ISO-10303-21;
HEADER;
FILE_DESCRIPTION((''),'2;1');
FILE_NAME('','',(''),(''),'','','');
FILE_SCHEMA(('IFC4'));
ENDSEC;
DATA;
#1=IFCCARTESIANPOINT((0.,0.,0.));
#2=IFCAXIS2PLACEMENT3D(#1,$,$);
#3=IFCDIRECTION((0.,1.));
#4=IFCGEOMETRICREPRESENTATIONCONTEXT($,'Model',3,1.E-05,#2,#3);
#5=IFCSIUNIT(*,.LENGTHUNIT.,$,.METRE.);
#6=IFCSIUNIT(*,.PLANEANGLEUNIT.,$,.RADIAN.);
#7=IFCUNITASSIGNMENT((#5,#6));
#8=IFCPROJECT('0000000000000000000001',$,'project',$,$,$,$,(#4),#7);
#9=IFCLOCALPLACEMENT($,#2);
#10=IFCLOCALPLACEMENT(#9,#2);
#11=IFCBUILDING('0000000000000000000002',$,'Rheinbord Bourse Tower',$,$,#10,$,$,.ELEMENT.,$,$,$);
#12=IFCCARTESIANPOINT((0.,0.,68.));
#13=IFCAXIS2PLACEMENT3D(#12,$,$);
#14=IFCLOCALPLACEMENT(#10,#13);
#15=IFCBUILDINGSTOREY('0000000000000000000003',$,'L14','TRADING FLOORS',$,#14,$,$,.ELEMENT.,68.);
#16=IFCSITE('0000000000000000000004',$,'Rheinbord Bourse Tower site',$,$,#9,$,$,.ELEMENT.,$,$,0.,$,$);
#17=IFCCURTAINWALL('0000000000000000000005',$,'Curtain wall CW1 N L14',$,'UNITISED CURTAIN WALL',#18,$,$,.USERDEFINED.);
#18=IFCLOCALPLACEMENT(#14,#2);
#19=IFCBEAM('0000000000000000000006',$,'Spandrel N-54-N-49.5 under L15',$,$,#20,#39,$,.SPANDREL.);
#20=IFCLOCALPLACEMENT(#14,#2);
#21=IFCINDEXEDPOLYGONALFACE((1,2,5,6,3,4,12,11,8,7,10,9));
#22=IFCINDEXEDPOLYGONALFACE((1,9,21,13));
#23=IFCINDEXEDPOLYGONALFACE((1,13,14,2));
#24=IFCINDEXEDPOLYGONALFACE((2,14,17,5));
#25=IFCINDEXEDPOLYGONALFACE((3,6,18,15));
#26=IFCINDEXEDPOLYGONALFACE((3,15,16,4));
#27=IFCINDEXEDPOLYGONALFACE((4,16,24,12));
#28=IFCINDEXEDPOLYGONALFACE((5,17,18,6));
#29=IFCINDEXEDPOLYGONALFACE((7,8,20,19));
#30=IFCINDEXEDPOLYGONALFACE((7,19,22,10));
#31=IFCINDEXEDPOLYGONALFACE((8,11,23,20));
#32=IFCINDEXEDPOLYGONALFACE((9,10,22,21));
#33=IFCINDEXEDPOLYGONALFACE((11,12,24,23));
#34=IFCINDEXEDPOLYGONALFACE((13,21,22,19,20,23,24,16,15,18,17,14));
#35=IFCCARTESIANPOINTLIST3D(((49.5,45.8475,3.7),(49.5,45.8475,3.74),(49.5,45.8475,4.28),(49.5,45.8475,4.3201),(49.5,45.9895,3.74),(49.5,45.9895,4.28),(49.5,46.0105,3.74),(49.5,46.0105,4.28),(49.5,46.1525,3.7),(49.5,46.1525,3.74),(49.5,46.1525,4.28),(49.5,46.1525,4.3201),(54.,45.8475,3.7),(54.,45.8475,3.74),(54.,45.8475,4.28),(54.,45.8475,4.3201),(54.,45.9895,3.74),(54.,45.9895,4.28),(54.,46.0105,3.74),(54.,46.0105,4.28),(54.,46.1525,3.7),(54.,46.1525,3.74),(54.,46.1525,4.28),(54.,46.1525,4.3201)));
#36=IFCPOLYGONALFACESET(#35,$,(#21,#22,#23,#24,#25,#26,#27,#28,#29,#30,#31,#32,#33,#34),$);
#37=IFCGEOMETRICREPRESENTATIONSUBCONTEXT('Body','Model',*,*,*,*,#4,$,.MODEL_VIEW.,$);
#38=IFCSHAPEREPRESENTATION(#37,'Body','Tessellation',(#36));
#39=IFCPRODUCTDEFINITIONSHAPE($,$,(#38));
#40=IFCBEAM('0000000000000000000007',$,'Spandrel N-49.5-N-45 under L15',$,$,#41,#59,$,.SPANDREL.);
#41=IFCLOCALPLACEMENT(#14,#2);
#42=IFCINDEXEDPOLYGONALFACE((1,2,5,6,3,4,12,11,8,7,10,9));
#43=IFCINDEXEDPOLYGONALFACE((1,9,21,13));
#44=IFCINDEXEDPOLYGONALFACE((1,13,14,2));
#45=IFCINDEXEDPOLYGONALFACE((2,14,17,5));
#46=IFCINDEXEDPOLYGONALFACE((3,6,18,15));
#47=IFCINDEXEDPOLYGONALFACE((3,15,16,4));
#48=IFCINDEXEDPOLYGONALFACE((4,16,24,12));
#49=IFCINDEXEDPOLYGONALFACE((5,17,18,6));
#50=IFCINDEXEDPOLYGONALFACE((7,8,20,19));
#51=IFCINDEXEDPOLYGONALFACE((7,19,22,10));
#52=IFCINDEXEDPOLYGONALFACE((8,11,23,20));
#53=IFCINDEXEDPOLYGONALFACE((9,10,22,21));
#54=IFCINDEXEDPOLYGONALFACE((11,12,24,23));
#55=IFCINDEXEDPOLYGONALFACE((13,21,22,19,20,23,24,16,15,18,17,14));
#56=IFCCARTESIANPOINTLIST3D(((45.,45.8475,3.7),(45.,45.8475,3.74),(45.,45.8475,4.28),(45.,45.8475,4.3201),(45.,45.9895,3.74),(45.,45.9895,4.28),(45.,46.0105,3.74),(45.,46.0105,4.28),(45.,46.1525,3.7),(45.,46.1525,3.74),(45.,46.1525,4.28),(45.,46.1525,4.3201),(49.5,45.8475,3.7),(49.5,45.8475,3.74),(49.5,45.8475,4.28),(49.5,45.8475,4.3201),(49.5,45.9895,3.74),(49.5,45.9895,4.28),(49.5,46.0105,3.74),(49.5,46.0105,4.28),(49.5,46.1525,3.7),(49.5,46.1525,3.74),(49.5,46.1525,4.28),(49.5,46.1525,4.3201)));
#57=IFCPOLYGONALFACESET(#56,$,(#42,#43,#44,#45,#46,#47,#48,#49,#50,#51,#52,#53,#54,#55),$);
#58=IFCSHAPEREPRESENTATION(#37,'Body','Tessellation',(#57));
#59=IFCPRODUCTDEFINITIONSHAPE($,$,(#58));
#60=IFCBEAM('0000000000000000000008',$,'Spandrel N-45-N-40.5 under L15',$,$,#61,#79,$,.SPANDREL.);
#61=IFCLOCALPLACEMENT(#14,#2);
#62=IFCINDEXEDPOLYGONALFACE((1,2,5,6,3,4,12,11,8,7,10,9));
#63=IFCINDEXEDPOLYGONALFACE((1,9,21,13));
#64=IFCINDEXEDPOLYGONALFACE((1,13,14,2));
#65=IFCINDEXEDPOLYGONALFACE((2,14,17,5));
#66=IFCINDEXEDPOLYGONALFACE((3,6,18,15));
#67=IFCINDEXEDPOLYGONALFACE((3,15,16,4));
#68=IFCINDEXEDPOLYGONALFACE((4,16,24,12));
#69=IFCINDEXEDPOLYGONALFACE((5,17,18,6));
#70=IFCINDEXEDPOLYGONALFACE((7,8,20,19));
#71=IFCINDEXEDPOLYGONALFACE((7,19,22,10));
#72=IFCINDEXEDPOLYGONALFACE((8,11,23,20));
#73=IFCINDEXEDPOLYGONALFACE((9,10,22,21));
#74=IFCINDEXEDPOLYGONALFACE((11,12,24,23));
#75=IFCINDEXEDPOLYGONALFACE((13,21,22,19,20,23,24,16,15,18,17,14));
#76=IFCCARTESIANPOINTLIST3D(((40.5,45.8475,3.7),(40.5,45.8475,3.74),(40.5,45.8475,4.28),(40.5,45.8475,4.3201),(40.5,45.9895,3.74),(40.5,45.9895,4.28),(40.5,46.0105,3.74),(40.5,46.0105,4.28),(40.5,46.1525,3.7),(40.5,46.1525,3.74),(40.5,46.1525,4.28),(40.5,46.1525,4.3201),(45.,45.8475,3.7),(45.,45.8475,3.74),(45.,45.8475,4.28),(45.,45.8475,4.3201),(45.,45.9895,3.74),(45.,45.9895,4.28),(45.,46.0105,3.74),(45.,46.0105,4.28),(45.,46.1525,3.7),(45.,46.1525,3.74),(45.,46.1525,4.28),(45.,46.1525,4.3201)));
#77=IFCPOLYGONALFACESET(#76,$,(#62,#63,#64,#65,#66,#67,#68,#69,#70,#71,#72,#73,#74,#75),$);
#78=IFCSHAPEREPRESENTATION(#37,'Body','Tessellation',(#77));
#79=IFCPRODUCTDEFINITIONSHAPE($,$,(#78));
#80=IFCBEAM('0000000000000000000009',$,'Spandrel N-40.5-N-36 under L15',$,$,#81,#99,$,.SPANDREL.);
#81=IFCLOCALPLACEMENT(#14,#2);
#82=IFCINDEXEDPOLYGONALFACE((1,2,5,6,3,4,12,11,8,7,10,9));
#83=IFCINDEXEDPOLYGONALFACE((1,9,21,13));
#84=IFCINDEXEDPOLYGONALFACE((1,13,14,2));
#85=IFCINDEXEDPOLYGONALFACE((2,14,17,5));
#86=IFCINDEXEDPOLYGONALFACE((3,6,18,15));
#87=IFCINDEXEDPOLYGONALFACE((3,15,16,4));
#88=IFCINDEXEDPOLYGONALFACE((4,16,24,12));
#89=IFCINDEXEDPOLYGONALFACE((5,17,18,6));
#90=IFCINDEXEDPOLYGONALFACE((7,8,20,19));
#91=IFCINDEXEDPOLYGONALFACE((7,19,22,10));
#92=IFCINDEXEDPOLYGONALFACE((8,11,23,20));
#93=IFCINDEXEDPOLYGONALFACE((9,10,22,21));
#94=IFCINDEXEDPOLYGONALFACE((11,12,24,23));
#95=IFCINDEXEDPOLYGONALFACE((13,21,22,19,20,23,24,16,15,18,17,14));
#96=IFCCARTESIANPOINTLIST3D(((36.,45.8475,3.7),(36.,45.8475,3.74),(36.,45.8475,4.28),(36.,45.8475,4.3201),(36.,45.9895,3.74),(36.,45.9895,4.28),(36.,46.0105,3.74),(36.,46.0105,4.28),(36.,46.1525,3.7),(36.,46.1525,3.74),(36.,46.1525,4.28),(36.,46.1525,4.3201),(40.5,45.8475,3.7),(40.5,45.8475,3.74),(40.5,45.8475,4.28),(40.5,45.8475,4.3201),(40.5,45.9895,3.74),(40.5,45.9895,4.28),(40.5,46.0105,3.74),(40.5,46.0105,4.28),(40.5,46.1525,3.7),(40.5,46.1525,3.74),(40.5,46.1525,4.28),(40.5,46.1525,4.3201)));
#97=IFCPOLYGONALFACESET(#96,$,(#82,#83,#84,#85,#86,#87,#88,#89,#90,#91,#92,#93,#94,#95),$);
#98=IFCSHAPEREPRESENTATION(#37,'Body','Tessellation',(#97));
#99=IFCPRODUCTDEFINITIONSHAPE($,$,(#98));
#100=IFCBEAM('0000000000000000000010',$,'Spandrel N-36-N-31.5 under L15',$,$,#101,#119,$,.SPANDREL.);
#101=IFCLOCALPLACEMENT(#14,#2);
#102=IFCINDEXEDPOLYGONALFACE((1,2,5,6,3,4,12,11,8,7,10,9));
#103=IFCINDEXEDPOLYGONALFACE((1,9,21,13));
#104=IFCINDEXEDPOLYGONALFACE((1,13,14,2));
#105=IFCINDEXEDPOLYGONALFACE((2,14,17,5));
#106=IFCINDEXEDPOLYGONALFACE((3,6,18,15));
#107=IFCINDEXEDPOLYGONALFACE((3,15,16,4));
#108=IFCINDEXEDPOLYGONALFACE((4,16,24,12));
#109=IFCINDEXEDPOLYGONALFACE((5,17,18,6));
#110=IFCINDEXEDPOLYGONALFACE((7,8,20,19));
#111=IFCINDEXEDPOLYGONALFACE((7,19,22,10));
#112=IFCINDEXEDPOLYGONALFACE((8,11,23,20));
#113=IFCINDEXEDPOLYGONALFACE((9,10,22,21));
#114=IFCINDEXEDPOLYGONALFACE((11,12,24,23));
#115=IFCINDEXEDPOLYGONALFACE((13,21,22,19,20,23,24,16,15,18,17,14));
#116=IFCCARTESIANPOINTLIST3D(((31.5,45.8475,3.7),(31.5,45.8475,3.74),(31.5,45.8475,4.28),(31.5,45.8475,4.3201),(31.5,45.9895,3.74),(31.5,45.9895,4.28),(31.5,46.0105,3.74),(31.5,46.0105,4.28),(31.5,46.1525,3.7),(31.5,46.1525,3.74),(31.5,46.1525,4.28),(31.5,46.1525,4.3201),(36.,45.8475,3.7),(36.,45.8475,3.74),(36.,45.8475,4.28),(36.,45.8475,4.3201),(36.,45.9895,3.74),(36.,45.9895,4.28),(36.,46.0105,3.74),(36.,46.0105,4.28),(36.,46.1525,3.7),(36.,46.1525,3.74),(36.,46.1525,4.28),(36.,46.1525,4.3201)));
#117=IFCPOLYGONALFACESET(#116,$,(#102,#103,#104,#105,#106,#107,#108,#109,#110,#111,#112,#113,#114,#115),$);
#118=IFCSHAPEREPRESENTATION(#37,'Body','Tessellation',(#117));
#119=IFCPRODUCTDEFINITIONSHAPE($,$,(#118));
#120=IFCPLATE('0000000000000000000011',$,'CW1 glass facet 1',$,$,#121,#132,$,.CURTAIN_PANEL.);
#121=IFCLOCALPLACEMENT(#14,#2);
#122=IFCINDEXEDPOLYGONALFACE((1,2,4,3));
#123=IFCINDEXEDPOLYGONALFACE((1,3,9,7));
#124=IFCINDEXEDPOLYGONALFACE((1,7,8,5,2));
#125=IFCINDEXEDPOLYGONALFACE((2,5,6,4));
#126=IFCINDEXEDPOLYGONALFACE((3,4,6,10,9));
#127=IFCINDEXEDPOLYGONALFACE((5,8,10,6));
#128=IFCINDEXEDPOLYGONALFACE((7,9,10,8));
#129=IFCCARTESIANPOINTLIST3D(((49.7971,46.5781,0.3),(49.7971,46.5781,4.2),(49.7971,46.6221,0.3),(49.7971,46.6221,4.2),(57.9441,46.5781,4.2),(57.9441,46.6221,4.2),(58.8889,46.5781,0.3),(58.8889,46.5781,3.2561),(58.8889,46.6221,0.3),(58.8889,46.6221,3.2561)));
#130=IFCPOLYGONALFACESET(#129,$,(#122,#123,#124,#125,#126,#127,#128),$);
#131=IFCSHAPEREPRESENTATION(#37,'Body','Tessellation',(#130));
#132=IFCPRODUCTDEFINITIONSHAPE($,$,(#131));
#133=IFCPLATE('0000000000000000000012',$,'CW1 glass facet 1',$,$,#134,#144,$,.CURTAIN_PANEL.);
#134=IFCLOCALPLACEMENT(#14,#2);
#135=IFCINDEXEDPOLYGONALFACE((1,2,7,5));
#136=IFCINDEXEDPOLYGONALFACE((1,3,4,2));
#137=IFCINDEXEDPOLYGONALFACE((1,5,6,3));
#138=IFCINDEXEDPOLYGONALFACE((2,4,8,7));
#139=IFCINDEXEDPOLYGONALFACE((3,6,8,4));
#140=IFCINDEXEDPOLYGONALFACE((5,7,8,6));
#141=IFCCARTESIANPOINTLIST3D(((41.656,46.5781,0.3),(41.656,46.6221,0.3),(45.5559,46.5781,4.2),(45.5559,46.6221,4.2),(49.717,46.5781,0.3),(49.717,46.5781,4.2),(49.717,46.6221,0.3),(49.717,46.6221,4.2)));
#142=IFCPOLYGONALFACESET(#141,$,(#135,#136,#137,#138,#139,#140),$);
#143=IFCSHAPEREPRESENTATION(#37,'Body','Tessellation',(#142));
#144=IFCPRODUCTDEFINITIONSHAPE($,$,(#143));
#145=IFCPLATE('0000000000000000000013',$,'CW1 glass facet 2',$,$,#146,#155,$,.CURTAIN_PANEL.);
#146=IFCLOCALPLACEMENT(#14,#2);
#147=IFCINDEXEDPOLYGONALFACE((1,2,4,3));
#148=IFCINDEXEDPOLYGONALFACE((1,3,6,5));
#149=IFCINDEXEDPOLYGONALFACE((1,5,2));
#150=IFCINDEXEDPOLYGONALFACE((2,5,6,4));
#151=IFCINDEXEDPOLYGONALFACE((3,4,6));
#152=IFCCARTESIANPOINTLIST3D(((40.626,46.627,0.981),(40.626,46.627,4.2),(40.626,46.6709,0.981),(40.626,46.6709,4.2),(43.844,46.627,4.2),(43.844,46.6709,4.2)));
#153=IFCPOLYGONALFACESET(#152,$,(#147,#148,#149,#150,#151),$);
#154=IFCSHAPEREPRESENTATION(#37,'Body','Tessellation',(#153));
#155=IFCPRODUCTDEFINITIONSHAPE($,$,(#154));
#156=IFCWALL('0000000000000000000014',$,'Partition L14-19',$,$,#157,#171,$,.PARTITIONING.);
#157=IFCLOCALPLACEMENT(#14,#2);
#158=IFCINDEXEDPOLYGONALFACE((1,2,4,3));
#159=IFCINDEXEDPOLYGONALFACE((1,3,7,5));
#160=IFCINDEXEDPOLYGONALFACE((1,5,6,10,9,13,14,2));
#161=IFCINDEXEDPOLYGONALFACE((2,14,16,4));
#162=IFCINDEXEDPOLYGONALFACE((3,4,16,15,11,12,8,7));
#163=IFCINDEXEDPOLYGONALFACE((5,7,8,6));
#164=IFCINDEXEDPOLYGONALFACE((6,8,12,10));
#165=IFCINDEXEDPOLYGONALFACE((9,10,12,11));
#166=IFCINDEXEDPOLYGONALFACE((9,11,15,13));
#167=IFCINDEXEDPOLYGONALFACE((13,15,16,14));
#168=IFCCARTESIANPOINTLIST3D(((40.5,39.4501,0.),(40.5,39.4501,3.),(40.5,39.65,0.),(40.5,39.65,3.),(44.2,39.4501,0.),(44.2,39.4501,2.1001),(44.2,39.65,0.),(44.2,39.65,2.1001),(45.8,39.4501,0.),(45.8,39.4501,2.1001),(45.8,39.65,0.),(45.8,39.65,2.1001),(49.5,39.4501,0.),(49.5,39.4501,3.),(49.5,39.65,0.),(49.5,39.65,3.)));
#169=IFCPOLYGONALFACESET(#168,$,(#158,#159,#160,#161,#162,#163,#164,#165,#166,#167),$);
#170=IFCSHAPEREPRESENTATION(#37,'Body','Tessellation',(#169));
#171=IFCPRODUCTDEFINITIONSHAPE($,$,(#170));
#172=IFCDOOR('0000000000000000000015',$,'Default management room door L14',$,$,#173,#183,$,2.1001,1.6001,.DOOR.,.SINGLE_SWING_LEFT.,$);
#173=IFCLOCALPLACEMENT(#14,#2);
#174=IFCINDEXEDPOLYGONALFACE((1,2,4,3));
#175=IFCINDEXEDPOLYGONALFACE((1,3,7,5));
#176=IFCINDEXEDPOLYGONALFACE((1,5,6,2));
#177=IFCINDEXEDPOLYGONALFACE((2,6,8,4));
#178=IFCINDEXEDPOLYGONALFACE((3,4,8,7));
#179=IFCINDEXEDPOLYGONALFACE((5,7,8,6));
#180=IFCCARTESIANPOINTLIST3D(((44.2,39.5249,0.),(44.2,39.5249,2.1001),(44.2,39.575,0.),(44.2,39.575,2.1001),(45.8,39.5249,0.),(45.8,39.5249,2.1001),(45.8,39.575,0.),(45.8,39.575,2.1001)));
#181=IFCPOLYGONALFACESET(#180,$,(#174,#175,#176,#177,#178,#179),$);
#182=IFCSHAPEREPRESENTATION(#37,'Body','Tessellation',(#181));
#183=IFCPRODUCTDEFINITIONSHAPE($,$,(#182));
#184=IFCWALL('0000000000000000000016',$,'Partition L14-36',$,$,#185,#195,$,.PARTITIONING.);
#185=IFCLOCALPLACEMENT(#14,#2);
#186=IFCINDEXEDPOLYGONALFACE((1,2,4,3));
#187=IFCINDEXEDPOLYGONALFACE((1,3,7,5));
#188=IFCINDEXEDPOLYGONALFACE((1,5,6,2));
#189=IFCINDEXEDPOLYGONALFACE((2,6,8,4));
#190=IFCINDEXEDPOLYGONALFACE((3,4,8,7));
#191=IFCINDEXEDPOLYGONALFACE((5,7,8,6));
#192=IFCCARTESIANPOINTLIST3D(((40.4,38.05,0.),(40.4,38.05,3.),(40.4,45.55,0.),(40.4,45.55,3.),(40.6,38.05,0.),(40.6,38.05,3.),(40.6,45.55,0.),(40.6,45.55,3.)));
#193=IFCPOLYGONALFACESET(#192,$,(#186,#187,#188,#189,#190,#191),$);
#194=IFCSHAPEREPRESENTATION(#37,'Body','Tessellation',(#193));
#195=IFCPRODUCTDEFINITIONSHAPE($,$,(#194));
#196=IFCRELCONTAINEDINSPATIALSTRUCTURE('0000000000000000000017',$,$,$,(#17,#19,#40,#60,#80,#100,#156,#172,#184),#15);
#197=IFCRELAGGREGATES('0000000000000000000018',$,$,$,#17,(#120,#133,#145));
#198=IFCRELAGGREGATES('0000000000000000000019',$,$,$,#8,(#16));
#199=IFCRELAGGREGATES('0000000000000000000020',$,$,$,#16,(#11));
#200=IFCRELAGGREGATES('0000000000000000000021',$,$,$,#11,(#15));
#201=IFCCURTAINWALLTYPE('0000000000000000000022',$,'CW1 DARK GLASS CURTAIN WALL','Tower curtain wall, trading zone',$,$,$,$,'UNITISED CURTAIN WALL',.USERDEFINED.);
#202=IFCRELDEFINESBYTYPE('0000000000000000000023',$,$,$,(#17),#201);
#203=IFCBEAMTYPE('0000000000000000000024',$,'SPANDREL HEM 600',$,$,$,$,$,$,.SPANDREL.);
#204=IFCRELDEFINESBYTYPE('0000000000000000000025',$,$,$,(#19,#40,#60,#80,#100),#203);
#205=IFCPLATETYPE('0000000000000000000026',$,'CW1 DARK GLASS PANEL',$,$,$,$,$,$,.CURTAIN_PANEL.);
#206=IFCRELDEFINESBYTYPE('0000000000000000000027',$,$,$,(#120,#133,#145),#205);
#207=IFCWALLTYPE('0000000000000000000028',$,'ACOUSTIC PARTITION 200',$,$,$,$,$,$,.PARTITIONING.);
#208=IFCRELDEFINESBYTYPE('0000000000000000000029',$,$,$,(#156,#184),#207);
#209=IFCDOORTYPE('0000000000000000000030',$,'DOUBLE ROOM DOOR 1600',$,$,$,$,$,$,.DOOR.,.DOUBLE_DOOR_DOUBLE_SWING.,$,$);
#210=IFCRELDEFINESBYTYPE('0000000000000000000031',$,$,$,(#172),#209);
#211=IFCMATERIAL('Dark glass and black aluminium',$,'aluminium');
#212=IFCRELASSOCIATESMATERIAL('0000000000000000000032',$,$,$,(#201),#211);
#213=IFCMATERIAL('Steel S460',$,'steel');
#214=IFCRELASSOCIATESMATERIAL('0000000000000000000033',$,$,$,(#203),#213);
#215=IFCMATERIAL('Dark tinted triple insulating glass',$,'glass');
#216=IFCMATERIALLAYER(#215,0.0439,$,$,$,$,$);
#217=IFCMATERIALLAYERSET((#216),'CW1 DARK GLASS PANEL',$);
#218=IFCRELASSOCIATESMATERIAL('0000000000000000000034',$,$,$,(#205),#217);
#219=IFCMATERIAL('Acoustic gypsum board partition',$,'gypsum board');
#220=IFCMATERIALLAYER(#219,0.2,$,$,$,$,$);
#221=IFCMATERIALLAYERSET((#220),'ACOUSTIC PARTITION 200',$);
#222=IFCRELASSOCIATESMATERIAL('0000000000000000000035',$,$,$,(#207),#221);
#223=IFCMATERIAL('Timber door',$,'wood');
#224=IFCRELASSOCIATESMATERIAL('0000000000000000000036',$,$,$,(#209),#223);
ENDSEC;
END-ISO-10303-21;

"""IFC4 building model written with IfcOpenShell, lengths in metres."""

from ifc_helpers import new_model, si_unit, direction, frame, frame_2d, origin, origin_2d, place, context, subcontext, project, spatial, polyline, rectangle, i_section, outline, extrude, material, layer, layer_set, material_profile, profile_set, type_object, element, fill, aggregate, save


model = new_model("IFC4")

# Units and contexts
model_context = context("Model", 3, precision=1e-05, world=origin(), true_north=direction((0.0, 1.0)))
body_context = subcontext(model_context, "Body", "Model", "MODEL_VIEW")
ifc_project = project(units=[si_unit("LENGTHUNIT", "METRE"), si_unit("PLANEANGLEUNIT", "RADIAN")], contexts=[model_context])

# Site, building, storey
site_placement = place(None, origin())
site = spatial("IfcSite", under=ifc_project, at=site_placement, Name="Rheinbord Bourse Tower site", CompositionType="ELEMENT", RefElevation=0.0)
building_placement = place(site_placement, origin())
building = spatial("IfcBuilding", under=site, at=building_placement, Name="Rheinbord Bourse Tower", CompositionType="ELEMENT")
storey_placement = place(building_placement, frame((0.0, 0.0, 68.0)))
storey = spatial("IfcBuildingStorey", under=building, at=storey_placement, Name="L14", Description="TRADING FLOORS", CompositionType="ELEMENT", Elevation=68.0)

# Curtain wall
ifc_material_1 = material(Name="Dark glass and black aluminium", Category="aluminium")
curtain_wall_type = type_object("IfcCurtainWallType", Name="CW1 DARK GLASS CURTAIN WALL", Description="Tower curtain wall, trading zone", ElementType="UNITISED CURTAIN WALL", PredefinedType="USERDEFINED", material=ifc_material_1)
curtain_wall_placement = place(storey_placement, origin())
curtain_wall = element("IfcCurtainWall", 1, at=curtain_wall_placement, inside=storey, type_object=curtain_wall_type, Name="Curtain wall CW1 N L14", ObjectType="UNITISED CURTAIN WALL", PredefinedType="USERDEFINED")

# Beams
ifc_material_2 = material(Name="Steel S460", Category="steel")
ifc_material_profile_1 = material_profile(ifc_material_2, i_section(OverallWidth=0.3049, OverallDepth=0.6201, WebThickness=0.021, FlangeThickness=0.04, at=origin_2d()), Name="HEM 600")
ifc_profile_set_1 = profile_set([ifc_material_profile_1], Name="Steel S460")
beam_type_1 = type_object("IfcBeamType", Name="SPANDREL HEM 600", PredefinedType="SPANDREL", material=ifc_profile_set_1)
for number, where, z_axis, x_axis, name in (
    (2, (54.0, 46.0, 4.01), (-1.0, 0.0, 0.0), (0.0, -1.0, 0.0), "Spandrel N-54-N-49.5 under L15"),
    (3, (49.5, 46.0, 4.01), (-1.0, 0.0, 0.0), (0.0, -1.0, 0.0), "Spandrel N-49.5-N-45 under L15"),
    (4, (45.0, 46.0, 4.01), (-1.0, 0.0, 0.0), (0.0, -1.0, 0.0), "Spandrel N-45-N-40.5 under L15"),
    (5, (40.5, 46.0, 4.01), (-1.0, 0.0, 0.0), (0.0, -1.0, 0.0), "Spandrel N-40.5-N-36 under L15"),
    (6, (36.0, 46.0, 4.01), (-1.0, 0.0, 0.0), (0.0, -1.0, 0.0), "Spandrel N-36-N-31.5 under L15"),
):
    element("IfcBeam", number, at=place(storey_placement, frame(where, z_axis=z_axis, x_axis=x_axis)), inside=storey, type_object=beam_type_1, Name=name, PredefinedType="SPANDREL", context=body_context, shape_type="SweptSolid", body=[
        extrude(i_section(OverallWidth=0.3049, OverallDepth=0.6201, WebThickness=0.021, FlangeThickness=0.04, at=origin_2d()), origin(), (0.0, 0.0, 1.0), 4.5),
    ])

# Plates
ifc_material_3 = material(Name="Dark tinted triple insulating glass", Category="glass")
ifc_layer_1 = layer(ifc_material_3, 0.0439)
ifc_layer_set_1 = layer_set([ifc_layer_1], Name="CW1 DARK GLASS PANEL")
plate_type = type_object("IfcPlateType", Name="CW1 DARK GLASS PANEL", PredefinedType="CURTAIN_PANEL", material=ifc_layer_set_1)
plate_1_placement = place(storey_placement, frame((49.7971, 46.6221, 4.2), z_axis=(0.0, -1.0, 0.0), x_axis=(0.0, 0.0, -1.0)))
plate_1 = element("IfcPlate", 7, at=plate_1_placement, type_object=plate_type, Name="CW1 glass facet 1", PredefinedType="CURTAIN_PANEL", context=body_context, shape_type="SweptSolid", body=[
    extrude(outline(polyline([(0.0, 0.0), (3.8999, 0.0), (3.8999, 9.0918), (0.9438, 9.0918), (0.0, 8.147), (0.0, 0.0)])), origin(), (0.0, 0.0, 1.0), 0.0439),
])
plate_2_placement = place(storey_placement, frame((49.717, 46.6221, 0.3), z_axis=(0.0, -1.0, 0.0), x_axis=(0.0, 0.0, 1.0)))
plate_2 = element("IfcPlate", 8, at=plate_2_placement, type_object=plate_type, Name="CW1 glass facet 1", PredefinedType="CURTAIN_PANEL", context=body_context, shape_type="SweptSolid", body=[
    extrude(outline(polyline([(0.0, 0.0), (3.8999, 0.0), (3.8999, 4.1611), (0.0, 8.061), (0.0, 0.0)])), origin(), (0.0, 0.0, 1.0), 0.0439),
])
plate_3_placement = place(storey_placement, frame((40.626, 46.6709, 4.2), z_axis=(0.0, -1.0, 0.0), x_axis=(0.0, 0.0, -1.0)))
plate_3 = element("IfcPlate", 9, at=plate_3_placement, type_object=plate_type, Name="CW1 glass facet 2", PredefinedType="CURTAIN_PANEL", context=body_context, shape_type="SweptSolid", body=[
    extrude(outline(polyline([(0.0, 0.0), (3.219, 0.0), (0.0, 3.218), (0.0, 0.0)])), origin(), (0.0, 0.0, 1.0), 0.0439),
])
aggregate(curtain_wall, [plate_1, plate_2, plate_3])

# Wall, opening, door
ifc_material_4 = material(Name="Acoustic gypsum board partition", Category="gypsum board")
ifc_layer_2 = layer(ifc_material_4, 0.2)
ifc_layer_set_2 = layer_set([ifc_layer_2], Name="ACOUSTIC PARTITION 200")
wall_type = type_object("IfcWallType", Name="ACOUSTIC PARTITION 200", PredefinedType="PARTITIONING", material=ifc_layer_set_2)
wall_1_placement = place(storey_placement, frame((40.5, 39.55, 0.0), z_axis=(0.0, 0.0, 1.0), x_axis=(1.0, 0.0, 0.0)))
wall_1 = element("IfcWall", 10, at=wall_1_placement, inside=storey, type_object=wall_type, Name="Partition L14-19", PredefinedType="PARTITIONING", context=body_context, shape_type="SweptSolid", body=[
    extrude(rectangle(XDim=9.0, YDim=0.2, at=frame_2d((4.5, 0.0))), origin(), (0.0, 0.0, 1.0), 3.0),
])
opening_placement = place(wall_1_placement, frame((3.7, 0.0, 0.0)))
opening = element("IfcOpeningElement", 11, at=opening_placement, cuts=wall_1, PredefinedType="OPENING", context=body_context, shape_type="SweptSolid", body=[
    extrude(rectangle(XDim=1.6001, YDim=2.1001, at=frame_2d((0.8, 1.05))), frame((0.0, 0.1099, 0.0), z_axis=(0.0, -1.0, 0.0), x_axis=(1.0, 0.0, 0.0)), (0.0, 0.0, 1.0), 0.22),
])
ifc_material_5 = material(Name="Timber door", Category="wood")
door_type = type_object("IfcDoorType", Name="DOUBLE ROOM DOOR 1600", OperationType="DOUBLE_DOOR_DOUBLE_SWING", PredefinedType="DOOR", material=ifc_material_5)
door_placement = place(opening_placement, origin())
door = element("IfcDoor", 12, at=door_placement, inside=storey, type_object=door_type, Name="Default management room door L14", OperationType="SINGLE_SWING_LEFT", OverallHeight=2.1001, OverallWidth=1.6001, PredefinedType="DOOR", context=body_context, shape_type="SweptSolid", body=[
    extrude(rectangle(XDim=1.6001, YDim=2.1001, at=frame_2d((0.8, 1.05))), frame((0.0, 0.0249, 0.0), z_axis=(0.0, -1.0, 0.0), x_axis=(1.0, 0.0, 0.0)), (0.0, 0.0, 1.0), 0.05),
])
fill(opening, door)

# Wall
wall_2_placement = place(storey_placement, frame((40.5, 38.05, 0.0), z_axis=(0.0, 0.0, 1.0), x_axis=(0.0, 1.0, 0.0)))
element("IfcWall", 13, at=wall_2_placement, inside=storey, type_object=wall_type, Name="Partition L14-36", PredefinedType="PARTITIONING", context=body_context, shape_type="SweptSolid", body=[
    extrude(rectangle(XDim=7.5, YDim=0.2, at=frame_2d((3.75, 0.0))), origin(), (0.0, 0.0, 1.0), 3.0),
])

save(model, "model.ifc")
